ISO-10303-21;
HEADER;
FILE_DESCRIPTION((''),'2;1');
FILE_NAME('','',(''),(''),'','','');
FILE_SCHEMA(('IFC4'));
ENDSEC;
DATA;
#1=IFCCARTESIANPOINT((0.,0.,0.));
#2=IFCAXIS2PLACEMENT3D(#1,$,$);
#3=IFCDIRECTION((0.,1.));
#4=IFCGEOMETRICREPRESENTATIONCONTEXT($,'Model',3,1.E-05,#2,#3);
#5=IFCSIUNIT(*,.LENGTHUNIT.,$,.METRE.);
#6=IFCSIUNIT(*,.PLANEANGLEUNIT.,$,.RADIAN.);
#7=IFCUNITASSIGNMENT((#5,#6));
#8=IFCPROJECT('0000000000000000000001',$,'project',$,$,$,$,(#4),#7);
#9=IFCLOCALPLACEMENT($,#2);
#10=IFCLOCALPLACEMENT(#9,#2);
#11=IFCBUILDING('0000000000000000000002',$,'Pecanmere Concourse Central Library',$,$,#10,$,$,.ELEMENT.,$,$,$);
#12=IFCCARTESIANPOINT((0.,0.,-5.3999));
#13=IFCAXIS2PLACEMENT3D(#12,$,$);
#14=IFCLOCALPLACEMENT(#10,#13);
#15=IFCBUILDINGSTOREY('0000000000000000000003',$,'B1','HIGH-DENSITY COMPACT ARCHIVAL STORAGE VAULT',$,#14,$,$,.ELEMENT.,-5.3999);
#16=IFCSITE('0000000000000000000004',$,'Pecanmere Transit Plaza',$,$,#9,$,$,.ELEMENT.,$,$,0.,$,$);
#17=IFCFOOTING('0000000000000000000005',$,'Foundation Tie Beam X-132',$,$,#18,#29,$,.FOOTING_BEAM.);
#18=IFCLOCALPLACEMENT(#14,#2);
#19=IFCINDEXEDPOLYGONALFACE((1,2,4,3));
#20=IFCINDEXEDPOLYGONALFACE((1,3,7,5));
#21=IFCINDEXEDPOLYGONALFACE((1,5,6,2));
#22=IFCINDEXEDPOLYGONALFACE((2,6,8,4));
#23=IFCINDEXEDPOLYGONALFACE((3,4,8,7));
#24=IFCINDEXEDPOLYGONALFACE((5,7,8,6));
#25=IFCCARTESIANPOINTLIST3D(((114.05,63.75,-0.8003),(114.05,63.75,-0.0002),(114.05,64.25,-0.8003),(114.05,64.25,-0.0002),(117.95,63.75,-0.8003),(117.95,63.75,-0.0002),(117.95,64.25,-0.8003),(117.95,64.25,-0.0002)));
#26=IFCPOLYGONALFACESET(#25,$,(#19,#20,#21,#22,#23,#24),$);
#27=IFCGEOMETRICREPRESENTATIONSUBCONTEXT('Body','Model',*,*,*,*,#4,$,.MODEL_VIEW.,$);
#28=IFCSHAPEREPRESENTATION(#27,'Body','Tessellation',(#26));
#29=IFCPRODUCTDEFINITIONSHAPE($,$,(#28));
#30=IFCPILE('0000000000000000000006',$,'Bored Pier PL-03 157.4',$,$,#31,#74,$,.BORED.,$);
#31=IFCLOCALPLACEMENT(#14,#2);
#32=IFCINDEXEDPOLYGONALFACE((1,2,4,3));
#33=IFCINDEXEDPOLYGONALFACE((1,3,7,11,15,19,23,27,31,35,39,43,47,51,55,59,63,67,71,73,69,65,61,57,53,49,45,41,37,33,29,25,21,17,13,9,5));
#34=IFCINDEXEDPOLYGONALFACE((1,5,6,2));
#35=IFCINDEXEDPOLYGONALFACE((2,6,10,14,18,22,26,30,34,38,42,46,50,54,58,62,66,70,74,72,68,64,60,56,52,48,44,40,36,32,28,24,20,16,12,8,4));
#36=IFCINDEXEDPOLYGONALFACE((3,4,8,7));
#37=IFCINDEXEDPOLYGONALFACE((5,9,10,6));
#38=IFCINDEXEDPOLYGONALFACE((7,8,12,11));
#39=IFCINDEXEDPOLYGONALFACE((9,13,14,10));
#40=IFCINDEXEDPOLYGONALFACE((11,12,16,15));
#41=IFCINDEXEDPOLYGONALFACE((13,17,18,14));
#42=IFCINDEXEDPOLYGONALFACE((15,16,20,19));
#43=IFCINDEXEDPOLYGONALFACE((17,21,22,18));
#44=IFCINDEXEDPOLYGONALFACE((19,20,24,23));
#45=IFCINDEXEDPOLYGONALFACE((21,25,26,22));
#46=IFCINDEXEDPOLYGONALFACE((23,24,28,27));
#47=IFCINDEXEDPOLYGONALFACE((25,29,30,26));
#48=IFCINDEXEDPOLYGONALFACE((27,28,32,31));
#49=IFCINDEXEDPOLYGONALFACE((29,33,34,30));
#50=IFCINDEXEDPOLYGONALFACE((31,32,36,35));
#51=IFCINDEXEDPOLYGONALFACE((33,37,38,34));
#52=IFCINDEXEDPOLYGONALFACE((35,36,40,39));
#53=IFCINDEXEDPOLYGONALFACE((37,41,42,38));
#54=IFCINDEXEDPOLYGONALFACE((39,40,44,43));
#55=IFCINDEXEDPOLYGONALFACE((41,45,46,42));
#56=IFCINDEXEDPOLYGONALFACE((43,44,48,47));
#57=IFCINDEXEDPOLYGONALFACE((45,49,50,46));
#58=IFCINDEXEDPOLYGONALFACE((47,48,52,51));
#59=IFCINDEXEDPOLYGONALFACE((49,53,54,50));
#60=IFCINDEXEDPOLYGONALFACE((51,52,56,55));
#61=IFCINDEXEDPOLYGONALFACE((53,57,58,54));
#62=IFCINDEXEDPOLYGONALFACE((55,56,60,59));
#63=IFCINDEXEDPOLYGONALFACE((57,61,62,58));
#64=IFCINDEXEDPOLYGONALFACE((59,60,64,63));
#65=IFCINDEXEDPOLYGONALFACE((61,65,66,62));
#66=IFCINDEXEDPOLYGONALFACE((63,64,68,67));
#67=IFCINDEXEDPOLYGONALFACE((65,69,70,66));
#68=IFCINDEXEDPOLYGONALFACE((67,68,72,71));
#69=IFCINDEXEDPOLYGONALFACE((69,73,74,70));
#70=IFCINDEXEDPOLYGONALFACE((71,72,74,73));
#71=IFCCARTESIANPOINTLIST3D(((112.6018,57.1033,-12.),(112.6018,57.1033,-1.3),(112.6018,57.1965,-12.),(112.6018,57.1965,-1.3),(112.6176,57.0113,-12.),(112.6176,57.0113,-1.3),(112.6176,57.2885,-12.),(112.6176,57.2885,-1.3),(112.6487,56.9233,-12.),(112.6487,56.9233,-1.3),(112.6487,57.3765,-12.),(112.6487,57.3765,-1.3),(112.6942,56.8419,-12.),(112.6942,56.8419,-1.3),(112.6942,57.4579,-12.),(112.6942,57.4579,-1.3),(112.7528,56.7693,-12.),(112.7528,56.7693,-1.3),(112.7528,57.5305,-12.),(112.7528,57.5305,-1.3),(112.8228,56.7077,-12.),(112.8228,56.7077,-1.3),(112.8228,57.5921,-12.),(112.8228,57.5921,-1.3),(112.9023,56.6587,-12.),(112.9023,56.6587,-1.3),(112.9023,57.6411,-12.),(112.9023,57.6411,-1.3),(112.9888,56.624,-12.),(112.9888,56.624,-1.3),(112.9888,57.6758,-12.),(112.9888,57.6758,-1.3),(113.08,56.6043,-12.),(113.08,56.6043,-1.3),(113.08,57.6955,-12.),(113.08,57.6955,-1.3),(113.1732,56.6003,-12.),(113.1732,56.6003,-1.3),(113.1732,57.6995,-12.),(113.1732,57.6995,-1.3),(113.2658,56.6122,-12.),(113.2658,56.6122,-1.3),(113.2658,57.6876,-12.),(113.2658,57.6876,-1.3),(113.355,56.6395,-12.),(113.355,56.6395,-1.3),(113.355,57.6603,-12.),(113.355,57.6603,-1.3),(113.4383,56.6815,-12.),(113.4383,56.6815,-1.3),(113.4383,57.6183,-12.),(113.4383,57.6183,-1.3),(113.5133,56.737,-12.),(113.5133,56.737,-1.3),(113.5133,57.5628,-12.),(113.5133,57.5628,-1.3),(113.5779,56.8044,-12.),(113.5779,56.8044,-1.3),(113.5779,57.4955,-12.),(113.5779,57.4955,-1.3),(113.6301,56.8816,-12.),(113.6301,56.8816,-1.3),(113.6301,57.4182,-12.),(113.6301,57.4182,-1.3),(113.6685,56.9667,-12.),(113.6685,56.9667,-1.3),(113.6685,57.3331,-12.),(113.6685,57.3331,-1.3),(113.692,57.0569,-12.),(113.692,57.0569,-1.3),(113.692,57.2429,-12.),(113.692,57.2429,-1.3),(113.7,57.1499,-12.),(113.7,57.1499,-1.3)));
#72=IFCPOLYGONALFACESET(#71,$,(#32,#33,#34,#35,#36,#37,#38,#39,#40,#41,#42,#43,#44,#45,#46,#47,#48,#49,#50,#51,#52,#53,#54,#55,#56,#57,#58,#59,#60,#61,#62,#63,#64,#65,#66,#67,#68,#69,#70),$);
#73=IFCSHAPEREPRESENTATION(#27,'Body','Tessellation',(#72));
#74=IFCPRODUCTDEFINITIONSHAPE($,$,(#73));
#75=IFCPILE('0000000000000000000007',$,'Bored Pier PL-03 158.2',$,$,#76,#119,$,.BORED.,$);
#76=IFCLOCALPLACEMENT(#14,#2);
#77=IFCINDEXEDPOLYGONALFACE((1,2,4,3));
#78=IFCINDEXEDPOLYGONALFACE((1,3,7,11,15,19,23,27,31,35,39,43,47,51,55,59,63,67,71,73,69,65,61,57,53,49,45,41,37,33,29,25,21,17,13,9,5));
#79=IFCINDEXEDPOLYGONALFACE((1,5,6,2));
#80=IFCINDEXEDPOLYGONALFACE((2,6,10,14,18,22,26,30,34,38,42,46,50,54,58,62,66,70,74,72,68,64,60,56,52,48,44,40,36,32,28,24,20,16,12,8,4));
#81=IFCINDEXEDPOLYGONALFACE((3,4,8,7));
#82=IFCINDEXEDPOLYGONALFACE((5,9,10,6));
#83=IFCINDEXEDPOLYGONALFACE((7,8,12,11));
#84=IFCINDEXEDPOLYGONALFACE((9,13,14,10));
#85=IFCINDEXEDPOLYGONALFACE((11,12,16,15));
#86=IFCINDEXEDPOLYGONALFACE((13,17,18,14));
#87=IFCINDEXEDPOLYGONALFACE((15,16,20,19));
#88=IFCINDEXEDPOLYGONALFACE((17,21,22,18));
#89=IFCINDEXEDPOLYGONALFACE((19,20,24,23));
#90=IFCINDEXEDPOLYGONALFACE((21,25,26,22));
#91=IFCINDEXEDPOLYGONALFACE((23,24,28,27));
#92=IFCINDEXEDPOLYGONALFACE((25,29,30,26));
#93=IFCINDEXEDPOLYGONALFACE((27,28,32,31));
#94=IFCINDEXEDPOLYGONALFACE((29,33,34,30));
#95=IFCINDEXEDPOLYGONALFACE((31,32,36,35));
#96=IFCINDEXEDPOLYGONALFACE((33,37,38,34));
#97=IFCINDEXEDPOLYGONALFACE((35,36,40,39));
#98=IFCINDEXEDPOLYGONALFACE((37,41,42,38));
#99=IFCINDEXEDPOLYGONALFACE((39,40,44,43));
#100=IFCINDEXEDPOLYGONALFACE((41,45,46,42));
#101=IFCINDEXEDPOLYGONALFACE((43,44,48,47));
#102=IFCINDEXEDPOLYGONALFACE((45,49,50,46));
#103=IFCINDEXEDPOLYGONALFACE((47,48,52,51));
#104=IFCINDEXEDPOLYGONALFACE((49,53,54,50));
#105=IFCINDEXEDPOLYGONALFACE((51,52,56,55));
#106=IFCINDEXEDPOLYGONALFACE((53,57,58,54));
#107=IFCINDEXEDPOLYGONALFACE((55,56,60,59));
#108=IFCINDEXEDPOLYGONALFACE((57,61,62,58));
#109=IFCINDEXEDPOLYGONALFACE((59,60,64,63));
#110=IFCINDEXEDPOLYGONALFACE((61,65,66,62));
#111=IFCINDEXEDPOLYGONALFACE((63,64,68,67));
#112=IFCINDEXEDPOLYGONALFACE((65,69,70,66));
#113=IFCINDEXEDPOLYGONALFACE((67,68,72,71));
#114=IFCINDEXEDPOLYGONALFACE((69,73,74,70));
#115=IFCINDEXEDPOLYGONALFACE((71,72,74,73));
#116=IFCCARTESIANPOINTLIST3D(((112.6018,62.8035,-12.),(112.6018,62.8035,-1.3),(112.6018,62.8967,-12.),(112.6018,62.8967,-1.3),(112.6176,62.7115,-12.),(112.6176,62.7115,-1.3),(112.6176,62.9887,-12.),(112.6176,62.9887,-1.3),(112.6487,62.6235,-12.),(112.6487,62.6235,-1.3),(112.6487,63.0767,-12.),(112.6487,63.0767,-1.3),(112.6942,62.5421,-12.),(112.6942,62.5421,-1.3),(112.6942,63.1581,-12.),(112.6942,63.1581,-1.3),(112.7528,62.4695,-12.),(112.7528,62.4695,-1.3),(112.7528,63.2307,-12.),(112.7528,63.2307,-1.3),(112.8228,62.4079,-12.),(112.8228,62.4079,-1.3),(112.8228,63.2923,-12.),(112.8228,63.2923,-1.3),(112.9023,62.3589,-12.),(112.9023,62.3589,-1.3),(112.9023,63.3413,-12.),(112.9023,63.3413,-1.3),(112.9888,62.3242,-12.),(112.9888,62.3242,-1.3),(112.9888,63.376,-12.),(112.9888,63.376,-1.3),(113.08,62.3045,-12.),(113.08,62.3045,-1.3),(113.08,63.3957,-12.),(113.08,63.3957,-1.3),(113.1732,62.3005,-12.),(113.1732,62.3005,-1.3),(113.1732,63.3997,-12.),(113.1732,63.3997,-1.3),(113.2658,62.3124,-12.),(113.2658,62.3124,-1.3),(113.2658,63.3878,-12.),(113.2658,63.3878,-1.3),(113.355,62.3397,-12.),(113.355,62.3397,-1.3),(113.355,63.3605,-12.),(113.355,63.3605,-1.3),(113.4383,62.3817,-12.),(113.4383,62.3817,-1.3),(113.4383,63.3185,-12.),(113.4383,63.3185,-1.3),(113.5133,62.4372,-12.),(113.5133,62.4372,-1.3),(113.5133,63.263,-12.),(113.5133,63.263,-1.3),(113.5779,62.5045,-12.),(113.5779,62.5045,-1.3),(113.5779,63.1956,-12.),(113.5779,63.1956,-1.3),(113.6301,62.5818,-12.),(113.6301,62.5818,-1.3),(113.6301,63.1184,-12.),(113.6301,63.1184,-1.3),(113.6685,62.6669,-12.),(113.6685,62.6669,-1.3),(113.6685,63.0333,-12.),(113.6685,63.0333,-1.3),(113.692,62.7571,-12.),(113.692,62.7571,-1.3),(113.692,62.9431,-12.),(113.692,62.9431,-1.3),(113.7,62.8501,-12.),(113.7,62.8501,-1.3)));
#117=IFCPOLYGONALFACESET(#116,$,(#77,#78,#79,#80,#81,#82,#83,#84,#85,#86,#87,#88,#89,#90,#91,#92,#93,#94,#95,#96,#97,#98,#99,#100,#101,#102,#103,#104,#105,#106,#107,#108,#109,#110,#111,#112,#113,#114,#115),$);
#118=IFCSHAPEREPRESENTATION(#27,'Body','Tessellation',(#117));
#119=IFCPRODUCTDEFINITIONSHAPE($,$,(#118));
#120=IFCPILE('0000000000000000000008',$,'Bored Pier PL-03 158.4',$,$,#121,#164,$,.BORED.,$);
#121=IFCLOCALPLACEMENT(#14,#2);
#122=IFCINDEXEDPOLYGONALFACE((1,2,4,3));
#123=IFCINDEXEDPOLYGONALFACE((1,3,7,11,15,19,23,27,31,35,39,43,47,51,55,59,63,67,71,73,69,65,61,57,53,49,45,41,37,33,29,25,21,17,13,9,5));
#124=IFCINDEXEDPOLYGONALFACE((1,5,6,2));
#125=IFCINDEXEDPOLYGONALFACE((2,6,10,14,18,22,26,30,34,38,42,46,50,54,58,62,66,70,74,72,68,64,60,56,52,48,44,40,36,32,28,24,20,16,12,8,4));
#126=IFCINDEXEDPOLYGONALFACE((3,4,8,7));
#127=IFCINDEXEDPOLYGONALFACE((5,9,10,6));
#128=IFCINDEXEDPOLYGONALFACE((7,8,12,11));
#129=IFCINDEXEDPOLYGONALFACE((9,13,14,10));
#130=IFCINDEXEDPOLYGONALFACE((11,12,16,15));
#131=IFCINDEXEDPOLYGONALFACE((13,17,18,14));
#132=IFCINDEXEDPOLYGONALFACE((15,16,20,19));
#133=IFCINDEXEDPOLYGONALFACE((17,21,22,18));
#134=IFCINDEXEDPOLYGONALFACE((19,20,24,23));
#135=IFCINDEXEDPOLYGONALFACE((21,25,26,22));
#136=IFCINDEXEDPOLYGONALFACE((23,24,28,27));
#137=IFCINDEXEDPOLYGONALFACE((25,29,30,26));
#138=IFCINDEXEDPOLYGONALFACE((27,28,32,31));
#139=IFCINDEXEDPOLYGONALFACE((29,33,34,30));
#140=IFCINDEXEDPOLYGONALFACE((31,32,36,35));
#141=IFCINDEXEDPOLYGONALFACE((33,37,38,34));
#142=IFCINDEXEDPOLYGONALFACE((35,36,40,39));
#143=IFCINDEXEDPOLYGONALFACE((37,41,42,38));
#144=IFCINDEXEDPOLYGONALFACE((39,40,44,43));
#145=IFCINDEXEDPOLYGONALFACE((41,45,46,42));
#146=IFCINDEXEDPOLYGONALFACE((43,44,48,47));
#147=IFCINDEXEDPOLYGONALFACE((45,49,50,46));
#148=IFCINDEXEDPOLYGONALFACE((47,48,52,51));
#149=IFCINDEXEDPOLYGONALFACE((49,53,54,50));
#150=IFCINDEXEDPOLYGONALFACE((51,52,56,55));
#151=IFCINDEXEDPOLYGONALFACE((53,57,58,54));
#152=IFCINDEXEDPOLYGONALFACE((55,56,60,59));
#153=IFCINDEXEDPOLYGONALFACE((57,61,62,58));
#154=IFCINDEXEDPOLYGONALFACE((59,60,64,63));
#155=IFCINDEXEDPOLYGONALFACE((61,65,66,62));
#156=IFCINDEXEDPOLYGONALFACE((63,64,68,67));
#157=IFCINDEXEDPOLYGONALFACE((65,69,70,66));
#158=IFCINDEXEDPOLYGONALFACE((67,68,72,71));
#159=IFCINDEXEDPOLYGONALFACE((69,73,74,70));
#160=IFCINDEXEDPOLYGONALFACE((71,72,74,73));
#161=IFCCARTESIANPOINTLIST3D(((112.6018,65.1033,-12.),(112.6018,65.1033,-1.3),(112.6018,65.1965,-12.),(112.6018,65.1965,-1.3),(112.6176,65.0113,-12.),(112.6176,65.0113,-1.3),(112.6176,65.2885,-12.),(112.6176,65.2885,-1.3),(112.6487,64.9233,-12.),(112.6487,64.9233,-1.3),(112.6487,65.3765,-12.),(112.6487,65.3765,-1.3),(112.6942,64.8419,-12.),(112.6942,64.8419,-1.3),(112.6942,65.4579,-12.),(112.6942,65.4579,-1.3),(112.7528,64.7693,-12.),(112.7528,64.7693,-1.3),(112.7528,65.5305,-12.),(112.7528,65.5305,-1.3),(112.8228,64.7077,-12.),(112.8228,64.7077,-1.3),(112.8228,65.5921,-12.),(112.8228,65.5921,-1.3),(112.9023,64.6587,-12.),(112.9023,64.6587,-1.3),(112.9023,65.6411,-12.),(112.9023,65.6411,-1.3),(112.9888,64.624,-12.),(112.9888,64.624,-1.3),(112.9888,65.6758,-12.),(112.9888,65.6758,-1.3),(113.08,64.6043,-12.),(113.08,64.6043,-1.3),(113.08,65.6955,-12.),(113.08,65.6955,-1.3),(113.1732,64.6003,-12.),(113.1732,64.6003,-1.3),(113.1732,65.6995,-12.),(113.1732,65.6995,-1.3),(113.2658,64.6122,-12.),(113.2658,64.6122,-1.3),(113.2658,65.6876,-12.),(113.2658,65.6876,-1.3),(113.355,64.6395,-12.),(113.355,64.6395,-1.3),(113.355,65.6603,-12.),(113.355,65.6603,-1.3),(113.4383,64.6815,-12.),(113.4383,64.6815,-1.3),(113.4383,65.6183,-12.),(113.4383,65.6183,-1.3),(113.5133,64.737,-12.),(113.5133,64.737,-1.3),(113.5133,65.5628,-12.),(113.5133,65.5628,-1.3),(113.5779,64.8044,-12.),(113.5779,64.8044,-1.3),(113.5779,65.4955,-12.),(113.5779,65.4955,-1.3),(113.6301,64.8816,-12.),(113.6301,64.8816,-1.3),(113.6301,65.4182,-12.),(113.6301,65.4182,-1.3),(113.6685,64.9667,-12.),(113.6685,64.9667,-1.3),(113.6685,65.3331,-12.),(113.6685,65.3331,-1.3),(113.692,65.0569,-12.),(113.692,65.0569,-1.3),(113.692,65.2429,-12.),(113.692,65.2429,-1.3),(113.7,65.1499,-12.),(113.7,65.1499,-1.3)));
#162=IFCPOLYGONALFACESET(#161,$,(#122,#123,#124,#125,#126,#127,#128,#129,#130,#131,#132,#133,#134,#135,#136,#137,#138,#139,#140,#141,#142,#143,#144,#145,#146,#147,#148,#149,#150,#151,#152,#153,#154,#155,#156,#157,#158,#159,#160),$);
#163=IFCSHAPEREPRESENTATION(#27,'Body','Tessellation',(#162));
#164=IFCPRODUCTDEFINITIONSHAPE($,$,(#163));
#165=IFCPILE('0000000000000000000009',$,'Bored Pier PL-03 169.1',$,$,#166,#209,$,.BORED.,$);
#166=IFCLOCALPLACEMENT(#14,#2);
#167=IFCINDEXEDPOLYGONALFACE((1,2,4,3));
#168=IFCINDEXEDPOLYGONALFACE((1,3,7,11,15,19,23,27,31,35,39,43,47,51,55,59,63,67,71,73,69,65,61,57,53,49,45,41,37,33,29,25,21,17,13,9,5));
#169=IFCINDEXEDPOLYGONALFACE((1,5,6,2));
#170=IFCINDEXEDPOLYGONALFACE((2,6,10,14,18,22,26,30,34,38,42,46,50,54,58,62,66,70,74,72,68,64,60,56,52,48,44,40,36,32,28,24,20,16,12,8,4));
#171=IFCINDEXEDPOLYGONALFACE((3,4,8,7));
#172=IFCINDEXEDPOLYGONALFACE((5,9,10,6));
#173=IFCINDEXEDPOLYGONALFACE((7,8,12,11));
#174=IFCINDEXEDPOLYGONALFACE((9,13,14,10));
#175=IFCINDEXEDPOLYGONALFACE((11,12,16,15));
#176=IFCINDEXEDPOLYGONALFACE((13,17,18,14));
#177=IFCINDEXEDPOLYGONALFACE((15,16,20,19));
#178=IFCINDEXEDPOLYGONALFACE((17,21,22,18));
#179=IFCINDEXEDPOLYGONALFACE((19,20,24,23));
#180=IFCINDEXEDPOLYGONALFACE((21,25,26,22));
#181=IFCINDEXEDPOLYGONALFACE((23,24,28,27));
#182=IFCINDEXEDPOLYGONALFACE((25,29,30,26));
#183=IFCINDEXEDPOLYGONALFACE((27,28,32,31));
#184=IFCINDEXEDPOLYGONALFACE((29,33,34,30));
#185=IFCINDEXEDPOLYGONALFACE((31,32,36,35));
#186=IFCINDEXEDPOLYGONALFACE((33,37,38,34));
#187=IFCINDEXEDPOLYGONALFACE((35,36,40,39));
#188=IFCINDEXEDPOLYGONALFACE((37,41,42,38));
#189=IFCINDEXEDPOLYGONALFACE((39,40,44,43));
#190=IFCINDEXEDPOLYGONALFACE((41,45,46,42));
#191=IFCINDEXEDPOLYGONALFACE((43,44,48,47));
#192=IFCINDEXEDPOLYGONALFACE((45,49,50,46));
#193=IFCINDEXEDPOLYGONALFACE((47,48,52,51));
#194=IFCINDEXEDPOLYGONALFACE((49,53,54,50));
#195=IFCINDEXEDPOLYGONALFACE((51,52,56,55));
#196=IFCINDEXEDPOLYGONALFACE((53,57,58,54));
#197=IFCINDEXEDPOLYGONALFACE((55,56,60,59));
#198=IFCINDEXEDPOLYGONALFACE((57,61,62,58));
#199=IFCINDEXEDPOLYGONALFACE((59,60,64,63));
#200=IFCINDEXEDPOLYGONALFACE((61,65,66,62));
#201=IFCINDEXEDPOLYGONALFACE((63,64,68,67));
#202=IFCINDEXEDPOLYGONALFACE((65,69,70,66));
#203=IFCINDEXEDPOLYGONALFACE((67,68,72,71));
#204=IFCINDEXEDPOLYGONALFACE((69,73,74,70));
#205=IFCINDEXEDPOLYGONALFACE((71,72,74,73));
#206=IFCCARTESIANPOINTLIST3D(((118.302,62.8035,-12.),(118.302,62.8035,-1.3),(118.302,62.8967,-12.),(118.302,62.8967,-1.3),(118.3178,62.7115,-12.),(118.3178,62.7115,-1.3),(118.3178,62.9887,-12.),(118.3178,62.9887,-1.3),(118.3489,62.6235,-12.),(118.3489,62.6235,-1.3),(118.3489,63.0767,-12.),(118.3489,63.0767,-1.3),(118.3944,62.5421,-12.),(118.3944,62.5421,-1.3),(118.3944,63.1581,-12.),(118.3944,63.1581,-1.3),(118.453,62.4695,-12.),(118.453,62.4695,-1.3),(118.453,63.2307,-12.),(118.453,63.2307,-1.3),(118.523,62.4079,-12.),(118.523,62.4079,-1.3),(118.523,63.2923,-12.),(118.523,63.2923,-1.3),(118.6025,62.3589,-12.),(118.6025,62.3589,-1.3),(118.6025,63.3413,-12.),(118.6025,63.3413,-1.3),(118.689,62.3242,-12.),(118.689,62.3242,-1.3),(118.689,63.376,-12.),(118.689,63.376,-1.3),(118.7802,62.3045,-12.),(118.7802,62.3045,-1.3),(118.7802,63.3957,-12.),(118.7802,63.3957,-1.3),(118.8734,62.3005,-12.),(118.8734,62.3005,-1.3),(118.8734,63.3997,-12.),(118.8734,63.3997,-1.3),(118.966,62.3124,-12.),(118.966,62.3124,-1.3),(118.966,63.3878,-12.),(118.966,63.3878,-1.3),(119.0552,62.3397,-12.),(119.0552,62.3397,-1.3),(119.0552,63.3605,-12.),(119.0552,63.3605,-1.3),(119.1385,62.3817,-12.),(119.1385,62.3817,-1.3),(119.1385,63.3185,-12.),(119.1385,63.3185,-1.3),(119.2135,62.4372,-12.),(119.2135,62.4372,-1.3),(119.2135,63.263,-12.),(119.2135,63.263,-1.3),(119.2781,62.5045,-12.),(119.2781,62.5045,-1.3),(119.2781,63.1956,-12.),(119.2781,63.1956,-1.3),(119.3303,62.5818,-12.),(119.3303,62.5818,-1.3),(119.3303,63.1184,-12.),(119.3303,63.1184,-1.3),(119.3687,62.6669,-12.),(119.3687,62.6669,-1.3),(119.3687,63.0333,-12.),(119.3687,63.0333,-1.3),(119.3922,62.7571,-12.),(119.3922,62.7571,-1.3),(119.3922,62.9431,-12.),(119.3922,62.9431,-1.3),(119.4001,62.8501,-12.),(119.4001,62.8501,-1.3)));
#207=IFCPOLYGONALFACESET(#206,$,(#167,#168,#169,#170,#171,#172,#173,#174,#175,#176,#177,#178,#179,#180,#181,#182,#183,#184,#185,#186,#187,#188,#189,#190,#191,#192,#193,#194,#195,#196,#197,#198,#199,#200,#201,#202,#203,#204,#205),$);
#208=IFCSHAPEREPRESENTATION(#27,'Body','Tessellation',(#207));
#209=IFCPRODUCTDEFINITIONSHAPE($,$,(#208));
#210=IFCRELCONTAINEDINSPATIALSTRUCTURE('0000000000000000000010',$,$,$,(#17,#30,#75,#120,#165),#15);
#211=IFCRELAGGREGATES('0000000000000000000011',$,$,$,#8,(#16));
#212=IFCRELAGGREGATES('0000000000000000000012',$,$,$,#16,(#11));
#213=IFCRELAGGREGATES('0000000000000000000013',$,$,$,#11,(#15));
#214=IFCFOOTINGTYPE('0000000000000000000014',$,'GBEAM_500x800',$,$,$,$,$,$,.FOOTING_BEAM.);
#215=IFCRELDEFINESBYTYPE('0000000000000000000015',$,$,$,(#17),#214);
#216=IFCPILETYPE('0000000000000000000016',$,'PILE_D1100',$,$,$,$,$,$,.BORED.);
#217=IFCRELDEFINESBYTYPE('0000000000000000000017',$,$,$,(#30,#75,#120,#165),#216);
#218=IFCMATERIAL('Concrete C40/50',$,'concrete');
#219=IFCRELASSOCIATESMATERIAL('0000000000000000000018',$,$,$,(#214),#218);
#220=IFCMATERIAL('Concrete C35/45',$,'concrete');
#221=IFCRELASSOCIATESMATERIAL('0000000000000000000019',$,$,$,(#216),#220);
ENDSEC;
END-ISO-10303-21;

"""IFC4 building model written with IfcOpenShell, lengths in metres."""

from ifc_helpers import new_model, si_unit, direction, frame, origin, origin_2d, place, context, subcontext, project, spatial, rectangle, circle, extrude, material, material_profile, profile_set, type_object, element, save


model = new_model("IFC4")

# Units and contexts
model_context = context("Model", 3, precision=1e-05, world=origin(), true_north=direction((0.0, 1.0)))
body_context = subcontext(model_context, "Body", "Model", "MODEL_VIEW")
ifc_project = project(units=[si_unit("LENGTHUNIT", "METRE"), si_unit("PLANEANGLEUNIT", "RADIAN")], contexts=[model_context])

# Site, building, storey
site_placement = place(None, origin())
site = spatial("IfcSite", under=ifc_project, at=site_placement, Name="Pecanmere Transit Plaza", CompositionType="ELEMENT", RefElevation=0.0)
building_placement = place(site_placement, origin())
building = spatial("IfcBuilding", under=site, at=building_placement, Name="Pecanmere Concourse Central Library", CompositionType="ELEMENT")
storey_placement = place(building_placement, frame((0.0, 0.0, -5.3999)))
storey = spatial("IfcBuildingStorey", under=building, at=storey_placement, Name="B1", Description="HIGH-DENSITY COMPACT ARCHIVAL STORAGE VAULT", CompositionType="ELEMENT", Elevation=-5.3999)

# Footing
ifc_material_1 = material(Name="Concrete C40/50", Category="concrete")
ifc_material_profile_1 = material_profile(ifc_material_1, rectangle(XDim=0.5, YDim=0.8, at=origin_2d()), Name="RC 500x800")
ifc_profile_set_1 = profile_set([ifc_material_profile_1], Name="Concrete C40/50")
footing_type = type_object("IfcFootingType", Name="GBEAM_500x800", PredefinedType="FOOTING_BEAM", material=ifc_profile_set_1)
footing_placement = place(storey_placement, frame((116.0, 64.0, -0.8003), z_axis=(0.0, 0.0, 1.0), x_axis=(1.0, 0.0, 0.0)))
element("IfcFooting", 1, at=footing_placement, inside=storey, type_object=footing_type, Name="Foundation Tie Beam X-132", PredefinedType="FOOTING_BEAM", context=body_context, shape_type="SweptSolid", body=[
    extrude(rectangle(XDim=3.8999, YDim=0.5, at=origin_2d()), origin(), (0.0, 0.0, 1.0), 0.8),
])

# Piles
ifc_material_2 = material(Name="Concrete C35/45", Category="concrete")
ifc_material_profile_2 = material_profile(ifc_material_2, circle(Radius=0.55, at=origin_2d()), Name="PIER D1100")
ifc_profile_set_2 = profile_set([ifc_material_profile_2], Name="Concrete C35/45")
pile_type = type_object("IfcPileType", Name="PILE_D1100", PredefinedType="BORED", material=ifc_profile_set_2)
for number, where, z_axis, x_axis, name in (
    (2, (113.1499, 57.1499, -1.3), (0.0, 0.0, -1.0), (1.0, 0.0, 0.0), "Bored Pier PL-03 157.4"),
    (3, (113.1499, 62.8501, -1.3), (0.0, 0.0, -1.0), (1.0, 0.0, 0.0), "Bored Pier PL-03 158.2"),
    (4, (113.1499, 65.1499, -1.3), (0.0, 0.0, -1.0), (1.0, 0.0, 0.0), "Bored Pier PL-03 158.4"),
    (5, (118.8501, 62.8501, -1.3), (0.0, 0.0, -1.0), (1.0, 0.0, 0.0), "Bored Pier PL-03 169.1"),
):
    element("IfcPile", number, at=place(storey_placement, frame(where, z_axis=z_axis, x_axis=x_axis)), inside=storey, type_object=pile_type, Name=name, PredefinedType="BORED", context=body_context, shape_type="SweptSolid", body=[
        extrude(circle(Radius=0.55, at=origin_2d()), origin(), (0.0, 0.0, 1.0), 10.7),
    ])

save(model, "model.ifc")
